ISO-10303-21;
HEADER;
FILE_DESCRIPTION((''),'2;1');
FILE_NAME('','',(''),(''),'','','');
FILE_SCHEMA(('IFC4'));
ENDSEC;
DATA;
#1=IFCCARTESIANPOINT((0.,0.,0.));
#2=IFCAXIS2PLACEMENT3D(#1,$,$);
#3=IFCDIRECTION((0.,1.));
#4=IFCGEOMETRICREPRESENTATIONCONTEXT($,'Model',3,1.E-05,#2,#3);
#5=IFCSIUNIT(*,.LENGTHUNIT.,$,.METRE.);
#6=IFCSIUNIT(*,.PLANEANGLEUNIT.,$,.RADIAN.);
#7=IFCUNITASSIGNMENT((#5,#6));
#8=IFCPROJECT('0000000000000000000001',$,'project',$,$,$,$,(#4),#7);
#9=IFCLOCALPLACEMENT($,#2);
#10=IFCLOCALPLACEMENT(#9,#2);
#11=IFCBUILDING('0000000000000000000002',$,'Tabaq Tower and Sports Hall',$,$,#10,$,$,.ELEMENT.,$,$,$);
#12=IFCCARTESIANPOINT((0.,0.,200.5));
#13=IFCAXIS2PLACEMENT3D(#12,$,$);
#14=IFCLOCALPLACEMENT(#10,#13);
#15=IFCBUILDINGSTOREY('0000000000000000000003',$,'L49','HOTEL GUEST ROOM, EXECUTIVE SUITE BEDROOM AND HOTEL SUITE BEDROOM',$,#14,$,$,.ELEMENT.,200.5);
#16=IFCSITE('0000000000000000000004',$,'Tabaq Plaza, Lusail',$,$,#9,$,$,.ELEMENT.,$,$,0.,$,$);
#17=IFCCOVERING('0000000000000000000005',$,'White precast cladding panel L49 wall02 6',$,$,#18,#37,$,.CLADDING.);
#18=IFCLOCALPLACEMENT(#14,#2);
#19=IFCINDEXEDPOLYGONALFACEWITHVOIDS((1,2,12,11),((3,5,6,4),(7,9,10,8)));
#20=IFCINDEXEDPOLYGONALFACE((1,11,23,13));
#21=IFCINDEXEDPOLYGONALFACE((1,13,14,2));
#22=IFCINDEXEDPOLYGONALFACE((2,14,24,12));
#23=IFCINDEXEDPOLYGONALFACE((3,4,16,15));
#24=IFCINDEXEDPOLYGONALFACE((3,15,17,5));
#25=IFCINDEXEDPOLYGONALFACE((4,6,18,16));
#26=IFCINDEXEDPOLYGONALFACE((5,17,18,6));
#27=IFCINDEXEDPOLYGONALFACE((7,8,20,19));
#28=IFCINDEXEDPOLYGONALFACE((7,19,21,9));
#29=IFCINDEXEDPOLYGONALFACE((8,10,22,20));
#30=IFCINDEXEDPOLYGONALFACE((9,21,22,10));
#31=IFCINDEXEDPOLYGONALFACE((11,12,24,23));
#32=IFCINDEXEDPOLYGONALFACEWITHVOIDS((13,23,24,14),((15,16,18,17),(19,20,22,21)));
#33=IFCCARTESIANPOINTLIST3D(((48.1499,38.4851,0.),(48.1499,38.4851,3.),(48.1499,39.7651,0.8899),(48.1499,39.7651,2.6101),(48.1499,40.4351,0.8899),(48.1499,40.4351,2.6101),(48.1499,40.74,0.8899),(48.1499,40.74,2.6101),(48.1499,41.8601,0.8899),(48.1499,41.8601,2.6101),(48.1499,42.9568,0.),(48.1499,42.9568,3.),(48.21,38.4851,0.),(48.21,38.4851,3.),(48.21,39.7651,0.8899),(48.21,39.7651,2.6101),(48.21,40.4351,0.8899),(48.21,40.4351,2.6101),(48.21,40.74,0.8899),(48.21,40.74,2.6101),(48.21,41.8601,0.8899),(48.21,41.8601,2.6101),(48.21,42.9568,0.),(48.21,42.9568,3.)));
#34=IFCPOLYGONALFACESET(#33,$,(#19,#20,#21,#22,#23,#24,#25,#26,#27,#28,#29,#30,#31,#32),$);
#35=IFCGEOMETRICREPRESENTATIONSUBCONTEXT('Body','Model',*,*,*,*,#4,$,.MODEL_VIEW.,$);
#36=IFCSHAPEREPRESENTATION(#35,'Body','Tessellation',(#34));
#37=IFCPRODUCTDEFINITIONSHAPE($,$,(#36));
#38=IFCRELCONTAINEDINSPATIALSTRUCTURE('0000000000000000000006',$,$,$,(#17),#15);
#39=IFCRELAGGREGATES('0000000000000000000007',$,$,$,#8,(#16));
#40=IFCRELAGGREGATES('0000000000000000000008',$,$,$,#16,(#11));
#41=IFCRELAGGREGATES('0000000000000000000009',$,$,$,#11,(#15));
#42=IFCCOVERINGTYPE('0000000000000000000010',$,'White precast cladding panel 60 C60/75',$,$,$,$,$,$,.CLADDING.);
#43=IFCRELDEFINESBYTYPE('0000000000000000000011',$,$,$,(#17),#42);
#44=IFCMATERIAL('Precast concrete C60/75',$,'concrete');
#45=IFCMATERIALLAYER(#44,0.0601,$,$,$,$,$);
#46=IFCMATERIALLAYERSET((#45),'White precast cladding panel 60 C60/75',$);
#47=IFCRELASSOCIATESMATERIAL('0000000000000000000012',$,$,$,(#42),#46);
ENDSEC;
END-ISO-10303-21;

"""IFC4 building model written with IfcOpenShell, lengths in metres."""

from ifc_helpers import new_model, si_unit, direction, frame, origin, place, context, subcontext, project, spatial, polyline, outline, extrude, material, layer, layer_set, type_object, element, save


model = new_model("IFC4")

# Units and contexts
model_context = context("Model", 3, precision=1e-05, world=origin(), true_north=direction((0.0, 1.0)))
body_context = subcontext(model_context, "Body", "Model", "MODEL_VIEW")
ifc_project = project(units=[si_unit("LENGTHUNIT", "METRE"), si_unit("PLANEANGLEUNIT", "RADIAN")], contexts=[model_context])

# Site, building, storey
site_placement = place(None, origin())
site = spatial("IfcSite", under=ifc_project, at=site_placement, Name="Tabaq Plaza, Lusail", CompositionType="ELEMENT", RefElevation=0.0)
building_placement = place(site_placement, origin())
building = spatial("IfcBuilding", under=site, at=building_placement, Name="Tabaq Tower and Sports Hall", CompositionType="ELEMENT")
storey_placement = place(building_placement, frame((0.0, 0.0, 200.5)))
storey = spatial("IfcBuildingStorey", under=building, at=storey_placement, Name="L49", Description="HOTEL GUEST ROOM, EXECUTIVE SUITE BEDROOM AND HOTEL SUITE BEDROOM", CompositionType="ELEMENT", Elevation=200.5)

# Covering
ifc_material_1 = material(Name="Precast concrete C60/75", Category="concrete")
ifc_layer_1 = layer(ifc_material_1, 0.0601)
ifc_layer_set_1 = layer_set([ifc_layer_1], Name="White precast cladding panel 60 C60/75")
covering_type_1 = type_object("IfcCoveringType", Name="White precast cladding panel 60 C60/75", PredefinedType="CLADDING", material=ifc_layer_set_1)
covering_1_placement = place(storey_placement, frame((48.1799, 38.4851, 0.0), z_axis=(0.0, 0.0, 1.0), x_axis=(0.0, 1.0, 0.0)))
element("IfcCovering", 1, at=covering_1_placement, inside=storey, type_object=covering_type_1, Name="White precast cladding panel L49 wall02 6", PredefinedType="CLADDING", context=body_context, shape_type="SweptSolid", body=[
    extrude(outline(polyline([(0.0, 0.0), (4.4717, 0.0), (4.4717, 3.0), (0.0, 3.0), (0.0, 0.0)]), holes=[polyline([(1.28, 2.6101), (1.95, 2.6101), (1.95, 0.8899), (1.28, 0.8899), (1.28, 2.6101)]), polyline([(2.2549, 2.6101), (3.375, 2.6101), (3.375, 0.8899), (2.2549, 0.8899), (2.2549, 2.6101)])]), frame((0.0, 0.03, 0.0), z_axis=(0.0, -1.0, 0.0), x_axis=(1.0, 0.0, 0.0)), (0.0, 0.0, 1.0), 0.0601),
])

save(model, "model.ifc")
